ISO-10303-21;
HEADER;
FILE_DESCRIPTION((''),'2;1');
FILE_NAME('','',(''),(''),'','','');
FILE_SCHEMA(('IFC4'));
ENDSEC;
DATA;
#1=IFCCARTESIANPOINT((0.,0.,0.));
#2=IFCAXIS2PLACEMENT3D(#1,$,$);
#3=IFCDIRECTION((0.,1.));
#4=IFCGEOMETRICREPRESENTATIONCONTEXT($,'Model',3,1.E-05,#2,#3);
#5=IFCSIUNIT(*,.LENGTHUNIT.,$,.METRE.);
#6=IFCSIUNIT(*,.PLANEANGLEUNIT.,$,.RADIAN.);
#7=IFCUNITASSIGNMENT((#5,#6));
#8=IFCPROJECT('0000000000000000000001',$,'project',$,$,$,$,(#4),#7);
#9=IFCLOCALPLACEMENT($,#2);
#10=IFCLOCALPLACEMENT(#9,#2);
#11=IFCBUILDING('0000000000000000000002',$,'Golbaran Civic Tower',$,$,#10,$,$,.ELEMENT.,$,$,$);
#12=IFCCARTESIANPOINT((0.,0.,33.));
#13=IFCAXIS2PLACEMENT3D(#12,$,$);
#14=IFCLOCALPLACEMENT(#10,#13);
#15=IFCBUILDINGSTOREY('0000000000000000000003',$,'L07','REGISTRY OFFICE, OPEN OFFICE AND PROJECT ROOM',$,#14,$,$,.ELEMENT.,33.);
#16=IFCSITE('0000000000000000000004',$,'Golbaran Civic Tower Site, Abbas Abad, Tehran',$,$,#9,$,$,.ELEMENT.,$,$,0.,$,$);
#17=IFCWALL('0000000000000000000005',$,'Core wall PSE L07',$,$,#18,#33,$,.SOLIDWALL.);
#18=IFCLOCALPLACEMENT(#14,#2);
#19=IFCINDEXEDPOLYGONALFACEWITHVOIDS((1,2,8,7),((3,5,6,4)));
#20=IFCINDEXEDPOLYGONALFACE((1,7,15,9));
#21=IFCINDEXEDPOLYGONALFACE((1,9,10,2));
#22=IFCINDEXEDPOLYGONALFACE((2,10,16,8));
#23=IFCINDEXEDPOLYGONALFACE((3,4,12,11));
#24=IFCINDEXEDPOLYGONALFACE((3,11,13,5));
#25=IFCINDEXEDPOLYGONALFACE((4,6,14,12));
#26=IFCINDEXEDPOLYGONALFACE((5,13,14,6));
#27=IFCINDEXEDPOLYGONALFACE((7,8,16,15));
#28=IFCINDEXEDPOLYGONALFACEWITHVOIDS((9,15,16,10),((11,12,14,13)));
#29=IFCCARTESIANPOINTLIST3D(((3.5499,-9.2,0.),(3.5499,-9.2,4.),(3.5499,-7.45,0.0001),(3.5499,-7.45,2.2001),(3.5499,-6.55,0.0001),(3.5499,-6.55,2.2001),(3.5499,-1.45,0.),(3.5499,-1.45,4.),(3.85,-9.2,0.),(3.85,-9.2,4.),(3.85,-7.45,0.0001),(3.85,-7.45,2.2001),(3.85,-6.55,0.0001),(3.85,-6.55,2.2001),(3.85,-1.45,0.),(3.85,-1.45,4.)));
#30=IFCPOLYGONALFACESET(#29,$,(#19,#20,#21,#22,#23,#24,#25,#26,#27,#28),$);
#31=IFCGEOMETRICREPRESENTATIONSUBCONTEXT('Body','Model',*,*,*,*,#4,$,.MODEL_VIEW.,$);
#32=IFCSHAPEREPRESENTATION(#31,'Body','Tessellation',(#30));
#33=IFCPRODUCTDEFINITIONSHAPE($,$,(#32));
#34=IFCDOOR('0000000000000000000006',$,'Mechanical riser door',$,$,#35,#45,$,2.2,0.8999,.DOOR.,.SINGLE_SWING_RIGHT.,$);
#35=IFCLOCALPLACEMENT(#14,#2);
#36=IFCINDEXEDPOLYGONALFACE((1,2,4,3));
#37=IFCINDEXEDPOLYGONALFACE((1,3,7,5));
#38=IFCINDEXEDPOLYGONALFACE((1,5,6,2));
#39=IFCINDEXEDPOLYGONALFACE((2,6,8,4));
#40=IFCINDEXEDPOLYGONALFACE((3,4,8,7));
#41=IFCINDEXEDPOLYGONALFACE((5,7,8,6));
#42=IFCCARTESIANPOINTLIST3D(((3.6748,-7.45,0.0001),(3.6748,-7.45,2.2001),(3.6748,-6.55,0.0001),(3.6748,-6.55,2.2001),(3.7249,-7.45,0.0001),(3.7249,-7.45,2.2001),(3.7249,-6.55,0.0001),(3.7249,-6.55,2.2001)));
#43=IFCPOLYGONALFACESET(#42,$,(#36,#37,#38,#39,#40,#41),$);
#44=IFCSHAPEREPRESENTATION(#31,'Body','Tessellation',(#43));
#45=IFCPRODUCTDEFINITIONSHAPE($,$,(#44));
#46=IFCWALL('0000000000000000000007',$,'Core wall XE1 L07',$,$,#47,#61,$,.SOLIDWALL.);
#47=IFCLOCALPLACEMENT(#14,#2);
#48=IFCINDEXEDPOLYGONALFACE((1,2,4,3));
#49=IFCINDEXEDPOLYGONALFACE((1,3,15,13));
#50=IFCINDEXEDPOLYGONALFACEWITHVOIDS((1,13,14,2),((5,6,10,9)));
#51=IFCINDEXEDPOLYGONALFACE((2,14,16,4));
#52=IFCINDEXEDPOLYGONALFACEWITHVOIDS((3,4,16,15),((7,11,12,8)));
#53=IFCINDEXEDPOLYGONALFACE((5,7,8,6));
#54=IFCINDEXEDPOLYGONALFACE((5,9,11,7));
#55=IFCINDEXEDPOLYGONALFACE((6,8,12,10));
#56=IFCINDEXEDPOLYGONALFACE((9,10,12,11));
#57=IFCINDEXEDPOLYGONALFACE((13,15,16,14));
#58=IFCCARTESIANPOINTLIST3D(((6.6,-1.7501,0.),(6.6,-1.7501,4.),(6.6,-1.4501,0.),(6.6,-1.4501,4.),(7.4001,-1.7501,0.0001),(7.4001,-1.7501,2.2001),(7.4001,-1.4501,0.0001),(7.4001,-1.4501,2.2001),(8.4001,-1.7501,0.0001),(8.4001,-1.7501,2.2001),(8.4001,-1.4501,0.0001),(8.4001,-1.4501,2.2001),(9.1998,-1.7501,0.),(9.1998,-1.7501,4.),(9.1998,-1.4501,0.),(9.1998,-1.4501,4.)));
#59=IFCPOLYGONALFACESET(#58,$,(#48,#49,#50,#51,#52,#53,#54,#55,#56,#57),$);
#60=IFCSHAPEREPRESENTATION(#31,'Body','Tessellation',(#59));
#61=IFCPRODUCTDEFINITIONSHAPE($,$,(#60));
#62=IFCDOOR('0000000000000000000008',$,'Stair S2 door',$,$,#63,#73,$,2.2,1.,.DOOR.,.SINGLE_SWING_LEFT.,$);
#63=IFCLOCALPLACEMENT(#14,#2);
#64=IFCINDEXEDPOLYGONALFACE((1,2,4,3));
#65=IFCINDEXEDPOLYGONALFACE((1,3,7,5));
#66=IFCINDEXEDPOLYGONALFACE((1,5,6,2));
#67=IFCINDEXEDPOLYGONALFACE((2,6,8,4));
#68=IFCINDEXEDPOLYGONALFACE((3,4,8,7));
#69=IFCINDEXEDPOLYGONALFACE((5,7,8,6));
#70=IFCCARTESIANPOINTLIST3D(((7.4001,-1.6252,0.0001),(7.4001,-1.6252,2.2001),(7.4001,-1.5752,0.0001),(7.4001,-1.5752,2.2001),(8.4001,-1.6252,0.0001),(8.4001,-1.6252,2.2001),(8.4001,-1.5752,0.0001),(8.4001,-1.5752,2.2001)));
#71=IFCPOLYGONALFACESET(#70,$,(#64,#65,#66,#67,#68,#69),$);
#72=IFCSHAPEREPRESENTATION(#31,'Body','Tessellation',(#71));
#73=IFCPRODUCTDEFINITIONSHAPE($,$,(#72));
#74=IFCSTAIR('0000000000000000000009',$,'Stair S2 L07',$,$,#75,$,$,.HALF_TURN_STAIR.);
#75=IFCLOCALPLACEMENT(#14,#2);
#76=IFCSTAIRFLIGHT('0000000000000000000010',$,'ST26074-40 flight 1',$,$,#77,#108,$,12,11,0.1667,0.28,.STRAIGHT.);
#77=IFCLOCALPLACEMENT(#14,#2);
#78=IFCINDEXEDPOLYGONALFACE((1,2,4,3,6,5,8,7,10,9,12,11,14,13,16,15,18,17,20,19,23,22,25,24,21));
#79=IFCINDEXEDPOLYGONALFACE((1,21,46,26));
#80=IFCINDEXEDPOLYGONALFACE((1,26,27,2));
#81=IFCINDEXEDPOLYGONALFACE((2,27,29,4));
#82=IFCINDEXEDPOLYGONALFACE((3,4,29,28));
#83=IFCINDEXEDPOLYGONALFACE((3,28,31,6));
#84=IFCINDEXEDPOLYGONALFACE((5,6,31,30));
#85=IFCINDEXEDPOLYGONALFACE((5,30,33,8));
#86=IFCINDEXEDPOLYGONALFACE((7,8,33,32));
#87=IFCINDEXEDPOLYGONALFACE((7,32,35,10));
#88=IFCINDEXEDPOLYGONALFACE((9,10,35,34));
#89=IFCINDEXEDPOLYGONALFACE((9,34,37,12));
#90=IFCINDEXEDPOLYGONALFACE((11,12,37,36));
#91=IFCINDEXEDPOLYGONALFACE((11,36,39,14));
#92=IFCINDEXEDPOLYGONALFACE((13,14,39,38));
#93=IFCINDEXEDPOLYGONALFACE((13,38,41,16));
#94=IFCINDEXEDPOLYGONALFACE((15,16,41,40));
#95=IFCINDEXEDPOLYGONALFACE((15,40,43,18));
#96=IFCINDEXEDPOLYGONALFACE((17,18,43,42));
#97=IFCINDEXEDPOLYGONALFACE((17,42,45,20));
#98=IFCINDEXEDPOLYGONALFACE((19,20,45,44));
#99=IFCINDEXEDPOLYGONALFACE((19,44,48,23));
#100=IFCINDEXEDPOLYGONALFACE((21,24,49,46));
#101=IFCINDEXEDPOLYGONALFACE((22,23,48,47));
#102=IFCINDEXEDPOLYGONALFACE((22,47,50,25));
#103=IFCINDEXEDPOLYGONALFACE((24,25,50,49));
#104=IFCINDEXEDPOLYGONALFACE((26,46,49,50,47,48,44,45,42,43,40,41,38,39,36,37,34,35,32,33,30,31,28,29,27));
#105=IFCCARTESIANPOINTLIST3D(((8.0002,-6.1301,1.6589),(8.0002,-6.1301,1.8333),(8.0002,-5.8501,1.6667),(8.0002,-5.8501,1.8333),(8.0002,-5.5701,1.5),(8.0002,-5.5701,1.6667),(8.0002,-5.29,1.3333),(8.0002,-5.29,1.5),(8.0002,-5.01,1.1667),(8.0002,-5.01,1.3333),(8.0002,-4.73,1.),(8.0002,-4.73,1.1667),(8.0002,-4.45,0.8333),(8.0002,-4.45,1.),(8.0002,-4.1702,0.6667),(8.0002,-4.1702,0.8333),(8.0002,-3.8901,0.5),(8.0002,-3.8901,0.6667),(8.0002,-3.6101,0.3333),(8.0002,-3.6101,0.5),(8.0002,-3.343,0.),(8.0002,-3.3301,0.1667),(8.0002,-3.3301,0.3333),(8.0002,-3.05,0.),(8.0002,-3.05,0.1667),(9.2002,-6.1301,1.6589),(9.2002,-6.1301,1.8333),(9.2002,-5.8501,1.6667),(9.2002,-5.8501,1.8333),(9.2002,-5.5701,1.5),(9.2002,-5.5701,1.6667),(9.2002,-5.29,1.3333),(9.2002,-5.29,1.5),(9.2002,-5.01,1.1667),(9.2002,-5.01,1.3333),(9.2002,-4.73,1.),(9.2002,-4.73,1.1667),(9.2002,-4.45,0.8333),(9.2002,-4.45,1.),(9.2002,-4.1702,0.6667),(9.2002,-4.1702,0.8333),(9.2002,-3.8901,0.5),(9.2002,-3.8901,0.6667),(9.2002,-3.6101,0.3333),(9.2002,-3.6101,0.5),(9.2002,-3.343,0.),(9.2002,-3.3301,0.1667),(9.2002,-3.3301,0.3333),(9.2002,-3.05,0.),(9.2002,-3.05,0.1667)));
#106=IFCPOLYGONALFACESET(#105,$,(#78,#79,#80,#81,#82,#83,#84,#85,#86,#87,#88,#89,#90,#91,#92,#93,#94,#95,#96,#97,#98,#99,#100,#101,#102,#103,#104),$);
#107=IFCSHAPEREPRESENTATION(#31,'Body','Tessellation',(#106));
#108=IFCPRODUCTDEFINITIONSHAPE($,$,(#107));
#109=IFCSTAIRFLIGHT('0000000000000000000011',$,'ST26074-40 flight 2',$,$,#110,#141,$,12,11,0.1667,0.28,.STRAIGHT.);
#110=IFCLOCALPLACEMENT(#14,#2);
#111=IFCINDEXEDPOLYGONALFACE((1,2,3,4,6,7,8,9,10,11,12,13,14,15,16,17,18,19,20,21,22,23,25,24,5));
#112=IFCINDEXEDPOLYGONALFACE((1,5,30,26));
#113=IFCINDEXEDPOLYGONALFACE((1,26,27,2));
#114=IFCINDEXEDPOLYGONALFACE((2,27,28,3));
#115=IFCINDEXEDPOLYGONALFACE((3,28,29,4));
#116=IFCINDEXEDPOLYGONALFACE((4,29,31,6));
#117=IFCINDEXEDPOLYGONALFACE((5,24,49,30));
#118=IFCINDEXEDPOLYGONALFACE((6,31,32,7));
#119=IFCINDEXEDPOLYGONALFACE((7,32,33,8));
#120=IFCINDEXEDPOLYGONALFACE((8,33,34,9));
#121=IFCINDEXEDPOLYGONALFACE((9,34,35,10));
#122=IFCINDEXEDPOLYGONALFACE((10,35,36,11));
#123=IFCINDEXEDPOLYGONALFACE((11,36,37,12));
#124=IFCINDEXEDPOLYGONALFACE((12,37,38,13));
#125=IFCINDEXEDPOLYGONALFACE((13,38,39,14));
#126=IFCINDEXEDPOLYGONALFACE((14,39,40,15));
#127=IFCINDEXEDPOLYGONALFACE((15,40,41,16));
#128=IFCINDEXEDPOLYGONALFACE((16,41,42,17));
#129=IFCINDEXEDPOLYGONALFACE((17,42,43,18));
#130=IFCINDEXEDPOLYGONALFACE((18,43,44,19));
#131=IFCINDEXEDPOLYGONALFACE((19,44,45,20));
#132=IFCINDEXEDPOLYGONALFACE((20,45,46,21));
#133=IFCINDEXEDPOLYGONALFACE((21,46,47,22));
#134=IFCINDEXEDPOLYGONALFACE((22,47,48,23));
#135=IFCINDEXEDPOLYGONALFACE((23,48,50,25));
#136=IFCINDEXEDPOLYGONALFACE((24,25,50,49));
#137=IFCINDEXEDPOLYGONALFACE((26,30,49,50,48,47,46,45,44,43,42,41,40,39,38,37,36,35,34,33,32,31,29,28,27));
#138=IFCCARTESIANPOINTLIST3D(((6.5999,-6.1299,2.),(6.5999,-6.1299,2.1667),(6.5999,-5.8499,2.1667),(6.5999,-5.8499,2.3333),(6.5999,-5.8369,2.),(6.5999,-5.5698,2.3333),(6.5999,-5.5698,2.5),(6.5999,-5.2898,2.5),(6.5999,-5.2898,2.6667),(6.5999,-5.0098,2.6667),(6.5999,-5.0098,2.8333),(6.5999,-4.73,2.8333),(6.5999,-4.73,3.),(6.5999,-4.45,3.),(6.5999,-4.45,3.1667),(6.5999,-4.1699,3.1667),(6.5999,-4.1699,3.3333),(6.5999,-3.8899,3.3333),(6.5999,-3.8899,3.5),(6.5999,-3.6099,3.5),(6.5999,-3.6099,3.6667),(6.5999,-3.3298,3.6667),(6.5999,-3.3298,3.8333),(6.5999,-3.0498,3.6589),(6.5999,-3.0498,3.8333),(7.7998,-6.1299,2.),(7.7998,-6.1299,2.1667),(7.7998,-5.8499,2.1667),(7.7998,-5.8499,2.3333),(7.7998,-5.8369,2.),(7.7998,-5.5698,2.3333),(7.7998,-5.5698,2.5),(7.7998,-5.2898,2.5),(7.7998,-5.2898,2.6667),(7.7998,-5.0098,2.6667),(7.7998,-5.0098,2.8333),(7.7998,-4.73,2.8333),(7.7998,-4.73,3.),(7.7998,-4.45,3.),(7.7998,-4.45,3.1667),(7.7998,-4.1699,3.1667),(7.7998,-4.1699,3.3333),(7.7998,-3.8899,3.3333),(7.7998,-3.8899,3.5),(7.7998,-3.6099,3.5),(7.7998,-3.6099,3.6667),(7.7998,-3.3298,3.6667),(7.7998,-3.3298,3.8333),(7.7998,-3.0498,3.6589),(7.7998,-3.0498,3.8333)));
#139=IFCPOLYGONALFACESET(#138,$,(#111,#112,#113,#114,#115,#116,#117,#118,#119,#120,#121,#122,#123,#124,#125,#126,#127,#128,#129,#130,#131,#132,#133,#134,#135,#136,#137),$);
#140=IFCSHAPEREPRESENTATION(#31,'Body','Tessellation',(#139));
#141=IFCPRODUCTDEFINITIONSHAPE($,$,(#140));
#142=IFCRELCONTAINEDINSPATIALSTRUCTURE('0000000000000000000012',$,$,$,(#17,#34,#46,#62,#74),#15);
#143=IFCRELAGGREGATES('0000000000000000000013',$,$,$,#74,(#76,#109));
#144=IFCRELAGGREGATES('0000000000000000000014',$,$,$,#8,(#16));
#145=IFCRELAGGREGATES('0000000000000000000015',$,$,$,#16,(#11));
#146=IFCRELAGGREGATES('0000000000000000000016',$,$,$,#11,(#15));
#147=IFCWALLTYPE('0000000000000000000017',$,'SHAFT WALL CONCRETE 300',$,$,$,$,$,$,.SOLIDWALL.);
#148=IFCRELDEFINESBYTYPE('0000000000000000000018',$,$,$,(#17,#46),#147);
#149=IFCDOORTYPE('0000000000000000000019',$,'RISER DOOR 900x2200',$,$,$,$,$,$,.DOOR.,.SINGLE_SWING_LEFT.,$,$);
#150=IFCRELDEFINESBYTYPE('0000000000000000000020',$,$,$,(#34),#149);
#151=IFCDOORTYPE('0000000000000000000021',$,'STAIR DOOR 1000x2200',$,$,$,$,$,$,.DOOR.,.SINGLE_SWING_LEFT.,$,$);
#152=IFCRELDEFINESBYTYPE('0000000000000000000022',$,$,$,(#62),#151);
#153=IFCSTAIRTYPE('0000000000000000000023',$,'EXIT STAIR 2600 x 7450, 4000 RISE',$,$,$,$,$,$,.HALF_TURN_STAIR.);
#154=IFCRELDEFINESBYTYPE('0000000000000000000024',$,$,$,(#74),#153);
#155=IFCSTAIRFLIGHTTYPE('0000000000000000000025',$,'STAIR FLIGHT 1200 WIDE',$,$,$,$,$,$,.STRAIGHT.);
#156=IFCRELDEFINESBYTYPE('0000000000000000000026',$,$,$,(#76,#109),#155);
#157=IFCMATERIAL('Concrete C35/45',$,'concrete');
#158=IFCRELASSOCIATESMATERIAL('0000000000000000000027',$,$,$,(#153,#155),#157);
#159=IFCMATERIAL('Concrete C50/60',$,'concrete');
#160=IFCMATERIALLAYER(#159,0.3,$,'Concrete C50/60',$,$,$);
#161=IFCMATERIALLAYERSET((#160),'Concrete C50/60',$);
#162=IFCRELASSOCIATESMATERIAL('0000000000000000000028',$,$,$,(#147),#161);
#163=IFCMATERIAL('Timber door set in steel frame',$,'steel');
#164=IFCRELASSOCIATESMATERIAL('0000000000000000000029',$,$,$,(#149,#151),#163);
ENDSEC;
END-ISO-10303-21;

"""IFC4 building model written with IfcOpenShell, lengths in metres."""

from ifc_helpers import new_model, si_unit, direction, frame, frame_2d, origin, place, context, subcontext, project, spatial, polyline, rectangle, outline, extrude, material, layer, layer_set, type_object, element, fill, aggregate, save


model = new_model("IFC4")

# Units and contexts
model_context = context("Model", 3, precision=1e-05, world=origin(), true_north=direction((0.0, 1.0)))
body_context = subcontext(model_context, "Body", "Model", "MODEL_VIEW")
ifc_project = project(units=[si_unit("LENGTHUNIT", "METRE"), si_unit("PLANEANGLEUNIT", "RADIAN")], contexts=[model_context])

# Site, building, storey
site_placement = place(None, origin())
site = spatial("IfcSite", under=ifc_project, at=site_placement, Name="Golbaran Civic Tower Site, Abbas Abad, Tehran", CompositionType="ELEMENT", RefElevation=0.0)
building_placement = place(site_placement, origin())
building = spatial("IfcBuilding", under=site, at=building_placement, Name="Golbaran Civic Tower", CompositionType="ELEMENT")
storey_placement = place(building_placement, frame((0.0, 0.0, 33.0)))
storey = spatial("IfcBuildingStorey", under=building, at=storey_placement, Name="L07", Description="REGISTRY OFFICE, OPEN OFFICE AND PROJECT ROOM", CompositionType="ELEMENT", Elevation=33.0)

# Shared definitions
ifc_material_1 = material(Name="Concrete C35/45", Category="concrete")
stair_type = type_object("IfcStairType", Name="EXIT STAIR 2600 x 7450, 4000 RISE", PredefinedType="HALF_TURN_STAIR", material=ifc_material_1)

# Shared definitions
ifc_material_2 = material(Name="Concrete C50/60", Category="concrete")
ifc_layer_1 = layer(ifc_material_2, 0.3, Name="Concrete C50/60")
ifc_layer_set_1 = layer_set([ifc_layer_1], Name="Concrete C50/60")
wall_type = type_object("IfcWallType", Name="SHAFT WALL CONCRETE 300", PredefinedType="SOLIDWALL", material=ifc_layer_set_1)

# Shared definitions
ifc_material_3 = material(Name="Timber door set in steel frame", Category="steel")
door_type_1 = type_object("IfcDoorType", Name="RISER DOOR 900x2200", OperationType="SINGLE_SWING_LEFT", PredefinedType="DOOR", material=ifc_material_3)
door_type_2 = type_object("IfcDoorType", Name="STAIR DOOR 1000x2200", OperationType="SINGLE_SWING_LEFT", PredefinedType="DOOR", material=ifc_material_3)

# Walls, openings, doors
wall_1_placement = place(storey_placement, frame((3.7, -1.45, 0.0), z_axis=(0.0, 0.0, 1.0), x_axis=(0.0, -1.0, 0.0)))
wall_1 = element("IfcWall", 1, at=wall_1_placement, inside=storey, type_object=wall_type, Name="Core wall PSE L07", PredefinedType="SOLIDWALL", context=body_context, shape_type="SweptSolid", body=[
    extrude(rectangle(XDim=7.75, YDim=0.3, at=frame_2d((3.875, 0.0))), origin(), (0.0, 0.0, 1.0), 4.0),
])
opening_1_placement = place(wall_1_placement, frame((5.1001, 0.0, 0.0)))
opening_1 = element("IfcOpeningElement", 2, at=opening_1_placement, cuts=wall_1, PredefinedType="OPENING", context=body_context, shape_type="SweptSolid", body=[
    extrude(rectangle(XDim=0.8999, YDim=2.2, at=frame_2d((0.45, 1.1001))), frame((0.0, 0.1599, 0.0), z_axis=(0.0, -1.0, 0.0), x_axis=(1.0, 0.0, 0.0)), (0.0, 0.0, 1.0), 0.3201),
])
door_1_placement = place(opening_1_placement, origin())
door_1 = element("IfcDoor", 3, at=door_1_placement, inside=storey, type_object=door_type_1, Name="Mechanical riser door", OperationType="SINGLE_SWING_RIGHT", OverallHeight=2.2, OverallWidth=0.8999, PredefinedType="DOOR", context=body_context, shape_type="SweptSolid", body=[
    extrude(rectangle(XDim=0.8999, YDim=2.2, at=frame_2d((0.45, 1.1001))), frame((0.0, 0.0249, 0.0), z_axis=(0.0, -1.0, 0.0), x_axis=(1.0, 0.0, 0.0)), (0.0, 0.0, 1.0), 0.05),
])
fill(opening_1, door_1)
wall_2_placement = place(storey_placement, frame((6.6001, -1.6001, 0.0), z_axis=(0.0, 0.0, 1.0), x_axis=(1.0, 0.0, 0.0)))
wall_2 = element("IfcWall", 4, at=wall_2_placement, inside=storey, type_object=wall_type, Name="Core wall XE1 L07", PredefinedType="SOLIDWALL", context=body_context, shape_type="SweptSolid", body=[
    extrude(rectangle(XDim=2.5999, YDim=0.3, at=frame_2d((1.2998, 0.0))), origin(), (0.0, 0.0, 1.0), 4.0),
])
opening_2_placement = place(wall_2_placement, frame((0.8, 0.0, 0.0)))
opening_2 = element("IfcOpeningElement", 5, at=opening_2_placement, cuts=wall_2, PredefinedType="OPENING", context=body_context, shape_type="SweptSolid", body=[
    extrude(rectangle(XDim=1.0, YDim=2.2, at=frame_2d((0.5, 1.1001))), frame((0.0, 0.1599, 0.0), z_axis=(0.0, -1.0, 0.0), x_axis=(1.0, 0.0, 0.0)), (0.0, 0.0, 1.0), 0.3201),
])
door_2_placement = place(opening_2_placement, origin())
door_2 = element("IfcDoor", 6, at=door_2_placement, inside=storey, type_object=door_type_2, Name="Stair S2 door", OperationType="SINGLE_SWING_LEFT", OverallHeight=2.2, OverallWidth=1.0, PredefinedType="DOOR", context=body_context, shape_type="SweptSolid", body=[
    extrude(rectangle(XDim=1.0, YDim=2.2, at=frame_2d((0.5, 1.1001))), frame((0.0, 0.0249, 0.0), z_axis=(0.0, -1.0, 0.0), x_axis=(1.0, 0.0, 0.0)), (0.0, 0.0, 1.0), 0.05),
])
fill(opening_2, door_2)

# Stair, stair flights
stair_1_placement = place(storey_placement, origin())
stair_1 = element("IfcStair", 7, at=stair_1_placement, inside=storey, type_object=stair_type, Name="Stair S2 L07", PredefinedType="HALF_TURN_STAIR")
stair_flight_type = type_object("IfcStairFlightType", Name="STAIR FLIGHT 1200 WIDE", PredefinedType="STRAIGHT", material=ifc_material_1)
stair_flight_1_placement = place(storey_placement, frame((8.6001, -3.05, 0.0), z_axis=(0.0, 0.0, 1.0), x_axis=(0.0, -1.0, 0.0)))
stair_flight_1 = element("IfcStairFlight", 8, at=stair_flight_1_placement, type_object=stair_flight_type, Name="ST26074-40 flight 1", NumberOfRisers=12, NumberOfTreads=11, PredefinedType="STRAIGHT", RiserHeight=0.1667, TreadLength=0.28, context=body_context, shape_type="SweptSolid", body=[
    extrude(outline(polyline([(0.0, 0.0), (0.0, 0.1667), (0.28, 0.1667), (0.28, 0.3333), (0.5601, 0.3333), (0.5601, 0.5), (0.8401, 0.5), (0.8401, 0.6667), (1.1201, 0.6667), (1.1201, 0.8333), (1.3999, 0.8333), (1.3999, 1.0), (1.6799, 1.0), (1.6799, 1.1667), (1.96, 1.1667), (1.96, 1.3333), (2.24, 1.3333), (2.24, 1.5), (2.52, 1.5), (2.52, 1.6667), (2.8, 1.6667), (2.8, 1.8333), (3.0801, 1.8333), (3.0801, 2.0), (3.0801, 1.6589), (0.293, 0.0), (0.0, 0.0)])), frame((0.0, 0.6001, 0.0), z_axis=(0.0, -1.0, 0.0), x_axis=(1.0, 0.0, 0.0)), (0.0, 0.0, 1.0), 1.2),
])
stair_flight_2_placement = place(storey_placement, frame((7.2, -6.1299, 2.0), z_axis=(0.0, 0.0, 1.0), x_axis=(0.0, 1.0, 0.0)))
stair_flight_2 = element("IfcStairFlight", 9, at=stair_flight_2_placement, type_object=stair_flight_type, Name="ST26074-40 flight 2", NumberOfRisers=12, NumberOfTreads=11, PredefinedType="STRAIGHT", RiserHeight=0.1667, TreadLength=0.28, context=body_context, shape_type="SweptSolid", body=[
    extrude(outline(polyline([(0.0, 0.0), (0.0, 0.1667), (0.28, 0.1667), (0.28, 0.3333), (0.5601, 0.3333), (0.5601, 0.5), (0.8401, 0.5), (0.8401, 0.6667), (1.1201, 0.6667), (1.1201, 0.8333), (1.3999, 0.8333), (1.3999, 1.0), (1.6799, 1.0), (1.6799, 1.1667), (1.96, 1.1667), (1.96, 1.3333), (2.24, 1.3333), (2.24, 1.5), (2.52, 1.5), (2.52, 1.6667), (2.8, 1.6667), (2.8, 1.8333), (3.0801, 1.8333), (3.0801, 2.0), (3.0801, 1.6589), (0.293, 0.0), (0.0, 0.0)])), frame((0.0, 0.6001, 0.0), z_axis=(0.0, -1.0, 0.0), x_axis=(1.0, 0.0, 0.0)), (0.0, 0.0, 1.0), 1.2),
])
aggregate(stair_1, [stair_flight_1, stair_flight_2])

save(model, "model.ifc")
